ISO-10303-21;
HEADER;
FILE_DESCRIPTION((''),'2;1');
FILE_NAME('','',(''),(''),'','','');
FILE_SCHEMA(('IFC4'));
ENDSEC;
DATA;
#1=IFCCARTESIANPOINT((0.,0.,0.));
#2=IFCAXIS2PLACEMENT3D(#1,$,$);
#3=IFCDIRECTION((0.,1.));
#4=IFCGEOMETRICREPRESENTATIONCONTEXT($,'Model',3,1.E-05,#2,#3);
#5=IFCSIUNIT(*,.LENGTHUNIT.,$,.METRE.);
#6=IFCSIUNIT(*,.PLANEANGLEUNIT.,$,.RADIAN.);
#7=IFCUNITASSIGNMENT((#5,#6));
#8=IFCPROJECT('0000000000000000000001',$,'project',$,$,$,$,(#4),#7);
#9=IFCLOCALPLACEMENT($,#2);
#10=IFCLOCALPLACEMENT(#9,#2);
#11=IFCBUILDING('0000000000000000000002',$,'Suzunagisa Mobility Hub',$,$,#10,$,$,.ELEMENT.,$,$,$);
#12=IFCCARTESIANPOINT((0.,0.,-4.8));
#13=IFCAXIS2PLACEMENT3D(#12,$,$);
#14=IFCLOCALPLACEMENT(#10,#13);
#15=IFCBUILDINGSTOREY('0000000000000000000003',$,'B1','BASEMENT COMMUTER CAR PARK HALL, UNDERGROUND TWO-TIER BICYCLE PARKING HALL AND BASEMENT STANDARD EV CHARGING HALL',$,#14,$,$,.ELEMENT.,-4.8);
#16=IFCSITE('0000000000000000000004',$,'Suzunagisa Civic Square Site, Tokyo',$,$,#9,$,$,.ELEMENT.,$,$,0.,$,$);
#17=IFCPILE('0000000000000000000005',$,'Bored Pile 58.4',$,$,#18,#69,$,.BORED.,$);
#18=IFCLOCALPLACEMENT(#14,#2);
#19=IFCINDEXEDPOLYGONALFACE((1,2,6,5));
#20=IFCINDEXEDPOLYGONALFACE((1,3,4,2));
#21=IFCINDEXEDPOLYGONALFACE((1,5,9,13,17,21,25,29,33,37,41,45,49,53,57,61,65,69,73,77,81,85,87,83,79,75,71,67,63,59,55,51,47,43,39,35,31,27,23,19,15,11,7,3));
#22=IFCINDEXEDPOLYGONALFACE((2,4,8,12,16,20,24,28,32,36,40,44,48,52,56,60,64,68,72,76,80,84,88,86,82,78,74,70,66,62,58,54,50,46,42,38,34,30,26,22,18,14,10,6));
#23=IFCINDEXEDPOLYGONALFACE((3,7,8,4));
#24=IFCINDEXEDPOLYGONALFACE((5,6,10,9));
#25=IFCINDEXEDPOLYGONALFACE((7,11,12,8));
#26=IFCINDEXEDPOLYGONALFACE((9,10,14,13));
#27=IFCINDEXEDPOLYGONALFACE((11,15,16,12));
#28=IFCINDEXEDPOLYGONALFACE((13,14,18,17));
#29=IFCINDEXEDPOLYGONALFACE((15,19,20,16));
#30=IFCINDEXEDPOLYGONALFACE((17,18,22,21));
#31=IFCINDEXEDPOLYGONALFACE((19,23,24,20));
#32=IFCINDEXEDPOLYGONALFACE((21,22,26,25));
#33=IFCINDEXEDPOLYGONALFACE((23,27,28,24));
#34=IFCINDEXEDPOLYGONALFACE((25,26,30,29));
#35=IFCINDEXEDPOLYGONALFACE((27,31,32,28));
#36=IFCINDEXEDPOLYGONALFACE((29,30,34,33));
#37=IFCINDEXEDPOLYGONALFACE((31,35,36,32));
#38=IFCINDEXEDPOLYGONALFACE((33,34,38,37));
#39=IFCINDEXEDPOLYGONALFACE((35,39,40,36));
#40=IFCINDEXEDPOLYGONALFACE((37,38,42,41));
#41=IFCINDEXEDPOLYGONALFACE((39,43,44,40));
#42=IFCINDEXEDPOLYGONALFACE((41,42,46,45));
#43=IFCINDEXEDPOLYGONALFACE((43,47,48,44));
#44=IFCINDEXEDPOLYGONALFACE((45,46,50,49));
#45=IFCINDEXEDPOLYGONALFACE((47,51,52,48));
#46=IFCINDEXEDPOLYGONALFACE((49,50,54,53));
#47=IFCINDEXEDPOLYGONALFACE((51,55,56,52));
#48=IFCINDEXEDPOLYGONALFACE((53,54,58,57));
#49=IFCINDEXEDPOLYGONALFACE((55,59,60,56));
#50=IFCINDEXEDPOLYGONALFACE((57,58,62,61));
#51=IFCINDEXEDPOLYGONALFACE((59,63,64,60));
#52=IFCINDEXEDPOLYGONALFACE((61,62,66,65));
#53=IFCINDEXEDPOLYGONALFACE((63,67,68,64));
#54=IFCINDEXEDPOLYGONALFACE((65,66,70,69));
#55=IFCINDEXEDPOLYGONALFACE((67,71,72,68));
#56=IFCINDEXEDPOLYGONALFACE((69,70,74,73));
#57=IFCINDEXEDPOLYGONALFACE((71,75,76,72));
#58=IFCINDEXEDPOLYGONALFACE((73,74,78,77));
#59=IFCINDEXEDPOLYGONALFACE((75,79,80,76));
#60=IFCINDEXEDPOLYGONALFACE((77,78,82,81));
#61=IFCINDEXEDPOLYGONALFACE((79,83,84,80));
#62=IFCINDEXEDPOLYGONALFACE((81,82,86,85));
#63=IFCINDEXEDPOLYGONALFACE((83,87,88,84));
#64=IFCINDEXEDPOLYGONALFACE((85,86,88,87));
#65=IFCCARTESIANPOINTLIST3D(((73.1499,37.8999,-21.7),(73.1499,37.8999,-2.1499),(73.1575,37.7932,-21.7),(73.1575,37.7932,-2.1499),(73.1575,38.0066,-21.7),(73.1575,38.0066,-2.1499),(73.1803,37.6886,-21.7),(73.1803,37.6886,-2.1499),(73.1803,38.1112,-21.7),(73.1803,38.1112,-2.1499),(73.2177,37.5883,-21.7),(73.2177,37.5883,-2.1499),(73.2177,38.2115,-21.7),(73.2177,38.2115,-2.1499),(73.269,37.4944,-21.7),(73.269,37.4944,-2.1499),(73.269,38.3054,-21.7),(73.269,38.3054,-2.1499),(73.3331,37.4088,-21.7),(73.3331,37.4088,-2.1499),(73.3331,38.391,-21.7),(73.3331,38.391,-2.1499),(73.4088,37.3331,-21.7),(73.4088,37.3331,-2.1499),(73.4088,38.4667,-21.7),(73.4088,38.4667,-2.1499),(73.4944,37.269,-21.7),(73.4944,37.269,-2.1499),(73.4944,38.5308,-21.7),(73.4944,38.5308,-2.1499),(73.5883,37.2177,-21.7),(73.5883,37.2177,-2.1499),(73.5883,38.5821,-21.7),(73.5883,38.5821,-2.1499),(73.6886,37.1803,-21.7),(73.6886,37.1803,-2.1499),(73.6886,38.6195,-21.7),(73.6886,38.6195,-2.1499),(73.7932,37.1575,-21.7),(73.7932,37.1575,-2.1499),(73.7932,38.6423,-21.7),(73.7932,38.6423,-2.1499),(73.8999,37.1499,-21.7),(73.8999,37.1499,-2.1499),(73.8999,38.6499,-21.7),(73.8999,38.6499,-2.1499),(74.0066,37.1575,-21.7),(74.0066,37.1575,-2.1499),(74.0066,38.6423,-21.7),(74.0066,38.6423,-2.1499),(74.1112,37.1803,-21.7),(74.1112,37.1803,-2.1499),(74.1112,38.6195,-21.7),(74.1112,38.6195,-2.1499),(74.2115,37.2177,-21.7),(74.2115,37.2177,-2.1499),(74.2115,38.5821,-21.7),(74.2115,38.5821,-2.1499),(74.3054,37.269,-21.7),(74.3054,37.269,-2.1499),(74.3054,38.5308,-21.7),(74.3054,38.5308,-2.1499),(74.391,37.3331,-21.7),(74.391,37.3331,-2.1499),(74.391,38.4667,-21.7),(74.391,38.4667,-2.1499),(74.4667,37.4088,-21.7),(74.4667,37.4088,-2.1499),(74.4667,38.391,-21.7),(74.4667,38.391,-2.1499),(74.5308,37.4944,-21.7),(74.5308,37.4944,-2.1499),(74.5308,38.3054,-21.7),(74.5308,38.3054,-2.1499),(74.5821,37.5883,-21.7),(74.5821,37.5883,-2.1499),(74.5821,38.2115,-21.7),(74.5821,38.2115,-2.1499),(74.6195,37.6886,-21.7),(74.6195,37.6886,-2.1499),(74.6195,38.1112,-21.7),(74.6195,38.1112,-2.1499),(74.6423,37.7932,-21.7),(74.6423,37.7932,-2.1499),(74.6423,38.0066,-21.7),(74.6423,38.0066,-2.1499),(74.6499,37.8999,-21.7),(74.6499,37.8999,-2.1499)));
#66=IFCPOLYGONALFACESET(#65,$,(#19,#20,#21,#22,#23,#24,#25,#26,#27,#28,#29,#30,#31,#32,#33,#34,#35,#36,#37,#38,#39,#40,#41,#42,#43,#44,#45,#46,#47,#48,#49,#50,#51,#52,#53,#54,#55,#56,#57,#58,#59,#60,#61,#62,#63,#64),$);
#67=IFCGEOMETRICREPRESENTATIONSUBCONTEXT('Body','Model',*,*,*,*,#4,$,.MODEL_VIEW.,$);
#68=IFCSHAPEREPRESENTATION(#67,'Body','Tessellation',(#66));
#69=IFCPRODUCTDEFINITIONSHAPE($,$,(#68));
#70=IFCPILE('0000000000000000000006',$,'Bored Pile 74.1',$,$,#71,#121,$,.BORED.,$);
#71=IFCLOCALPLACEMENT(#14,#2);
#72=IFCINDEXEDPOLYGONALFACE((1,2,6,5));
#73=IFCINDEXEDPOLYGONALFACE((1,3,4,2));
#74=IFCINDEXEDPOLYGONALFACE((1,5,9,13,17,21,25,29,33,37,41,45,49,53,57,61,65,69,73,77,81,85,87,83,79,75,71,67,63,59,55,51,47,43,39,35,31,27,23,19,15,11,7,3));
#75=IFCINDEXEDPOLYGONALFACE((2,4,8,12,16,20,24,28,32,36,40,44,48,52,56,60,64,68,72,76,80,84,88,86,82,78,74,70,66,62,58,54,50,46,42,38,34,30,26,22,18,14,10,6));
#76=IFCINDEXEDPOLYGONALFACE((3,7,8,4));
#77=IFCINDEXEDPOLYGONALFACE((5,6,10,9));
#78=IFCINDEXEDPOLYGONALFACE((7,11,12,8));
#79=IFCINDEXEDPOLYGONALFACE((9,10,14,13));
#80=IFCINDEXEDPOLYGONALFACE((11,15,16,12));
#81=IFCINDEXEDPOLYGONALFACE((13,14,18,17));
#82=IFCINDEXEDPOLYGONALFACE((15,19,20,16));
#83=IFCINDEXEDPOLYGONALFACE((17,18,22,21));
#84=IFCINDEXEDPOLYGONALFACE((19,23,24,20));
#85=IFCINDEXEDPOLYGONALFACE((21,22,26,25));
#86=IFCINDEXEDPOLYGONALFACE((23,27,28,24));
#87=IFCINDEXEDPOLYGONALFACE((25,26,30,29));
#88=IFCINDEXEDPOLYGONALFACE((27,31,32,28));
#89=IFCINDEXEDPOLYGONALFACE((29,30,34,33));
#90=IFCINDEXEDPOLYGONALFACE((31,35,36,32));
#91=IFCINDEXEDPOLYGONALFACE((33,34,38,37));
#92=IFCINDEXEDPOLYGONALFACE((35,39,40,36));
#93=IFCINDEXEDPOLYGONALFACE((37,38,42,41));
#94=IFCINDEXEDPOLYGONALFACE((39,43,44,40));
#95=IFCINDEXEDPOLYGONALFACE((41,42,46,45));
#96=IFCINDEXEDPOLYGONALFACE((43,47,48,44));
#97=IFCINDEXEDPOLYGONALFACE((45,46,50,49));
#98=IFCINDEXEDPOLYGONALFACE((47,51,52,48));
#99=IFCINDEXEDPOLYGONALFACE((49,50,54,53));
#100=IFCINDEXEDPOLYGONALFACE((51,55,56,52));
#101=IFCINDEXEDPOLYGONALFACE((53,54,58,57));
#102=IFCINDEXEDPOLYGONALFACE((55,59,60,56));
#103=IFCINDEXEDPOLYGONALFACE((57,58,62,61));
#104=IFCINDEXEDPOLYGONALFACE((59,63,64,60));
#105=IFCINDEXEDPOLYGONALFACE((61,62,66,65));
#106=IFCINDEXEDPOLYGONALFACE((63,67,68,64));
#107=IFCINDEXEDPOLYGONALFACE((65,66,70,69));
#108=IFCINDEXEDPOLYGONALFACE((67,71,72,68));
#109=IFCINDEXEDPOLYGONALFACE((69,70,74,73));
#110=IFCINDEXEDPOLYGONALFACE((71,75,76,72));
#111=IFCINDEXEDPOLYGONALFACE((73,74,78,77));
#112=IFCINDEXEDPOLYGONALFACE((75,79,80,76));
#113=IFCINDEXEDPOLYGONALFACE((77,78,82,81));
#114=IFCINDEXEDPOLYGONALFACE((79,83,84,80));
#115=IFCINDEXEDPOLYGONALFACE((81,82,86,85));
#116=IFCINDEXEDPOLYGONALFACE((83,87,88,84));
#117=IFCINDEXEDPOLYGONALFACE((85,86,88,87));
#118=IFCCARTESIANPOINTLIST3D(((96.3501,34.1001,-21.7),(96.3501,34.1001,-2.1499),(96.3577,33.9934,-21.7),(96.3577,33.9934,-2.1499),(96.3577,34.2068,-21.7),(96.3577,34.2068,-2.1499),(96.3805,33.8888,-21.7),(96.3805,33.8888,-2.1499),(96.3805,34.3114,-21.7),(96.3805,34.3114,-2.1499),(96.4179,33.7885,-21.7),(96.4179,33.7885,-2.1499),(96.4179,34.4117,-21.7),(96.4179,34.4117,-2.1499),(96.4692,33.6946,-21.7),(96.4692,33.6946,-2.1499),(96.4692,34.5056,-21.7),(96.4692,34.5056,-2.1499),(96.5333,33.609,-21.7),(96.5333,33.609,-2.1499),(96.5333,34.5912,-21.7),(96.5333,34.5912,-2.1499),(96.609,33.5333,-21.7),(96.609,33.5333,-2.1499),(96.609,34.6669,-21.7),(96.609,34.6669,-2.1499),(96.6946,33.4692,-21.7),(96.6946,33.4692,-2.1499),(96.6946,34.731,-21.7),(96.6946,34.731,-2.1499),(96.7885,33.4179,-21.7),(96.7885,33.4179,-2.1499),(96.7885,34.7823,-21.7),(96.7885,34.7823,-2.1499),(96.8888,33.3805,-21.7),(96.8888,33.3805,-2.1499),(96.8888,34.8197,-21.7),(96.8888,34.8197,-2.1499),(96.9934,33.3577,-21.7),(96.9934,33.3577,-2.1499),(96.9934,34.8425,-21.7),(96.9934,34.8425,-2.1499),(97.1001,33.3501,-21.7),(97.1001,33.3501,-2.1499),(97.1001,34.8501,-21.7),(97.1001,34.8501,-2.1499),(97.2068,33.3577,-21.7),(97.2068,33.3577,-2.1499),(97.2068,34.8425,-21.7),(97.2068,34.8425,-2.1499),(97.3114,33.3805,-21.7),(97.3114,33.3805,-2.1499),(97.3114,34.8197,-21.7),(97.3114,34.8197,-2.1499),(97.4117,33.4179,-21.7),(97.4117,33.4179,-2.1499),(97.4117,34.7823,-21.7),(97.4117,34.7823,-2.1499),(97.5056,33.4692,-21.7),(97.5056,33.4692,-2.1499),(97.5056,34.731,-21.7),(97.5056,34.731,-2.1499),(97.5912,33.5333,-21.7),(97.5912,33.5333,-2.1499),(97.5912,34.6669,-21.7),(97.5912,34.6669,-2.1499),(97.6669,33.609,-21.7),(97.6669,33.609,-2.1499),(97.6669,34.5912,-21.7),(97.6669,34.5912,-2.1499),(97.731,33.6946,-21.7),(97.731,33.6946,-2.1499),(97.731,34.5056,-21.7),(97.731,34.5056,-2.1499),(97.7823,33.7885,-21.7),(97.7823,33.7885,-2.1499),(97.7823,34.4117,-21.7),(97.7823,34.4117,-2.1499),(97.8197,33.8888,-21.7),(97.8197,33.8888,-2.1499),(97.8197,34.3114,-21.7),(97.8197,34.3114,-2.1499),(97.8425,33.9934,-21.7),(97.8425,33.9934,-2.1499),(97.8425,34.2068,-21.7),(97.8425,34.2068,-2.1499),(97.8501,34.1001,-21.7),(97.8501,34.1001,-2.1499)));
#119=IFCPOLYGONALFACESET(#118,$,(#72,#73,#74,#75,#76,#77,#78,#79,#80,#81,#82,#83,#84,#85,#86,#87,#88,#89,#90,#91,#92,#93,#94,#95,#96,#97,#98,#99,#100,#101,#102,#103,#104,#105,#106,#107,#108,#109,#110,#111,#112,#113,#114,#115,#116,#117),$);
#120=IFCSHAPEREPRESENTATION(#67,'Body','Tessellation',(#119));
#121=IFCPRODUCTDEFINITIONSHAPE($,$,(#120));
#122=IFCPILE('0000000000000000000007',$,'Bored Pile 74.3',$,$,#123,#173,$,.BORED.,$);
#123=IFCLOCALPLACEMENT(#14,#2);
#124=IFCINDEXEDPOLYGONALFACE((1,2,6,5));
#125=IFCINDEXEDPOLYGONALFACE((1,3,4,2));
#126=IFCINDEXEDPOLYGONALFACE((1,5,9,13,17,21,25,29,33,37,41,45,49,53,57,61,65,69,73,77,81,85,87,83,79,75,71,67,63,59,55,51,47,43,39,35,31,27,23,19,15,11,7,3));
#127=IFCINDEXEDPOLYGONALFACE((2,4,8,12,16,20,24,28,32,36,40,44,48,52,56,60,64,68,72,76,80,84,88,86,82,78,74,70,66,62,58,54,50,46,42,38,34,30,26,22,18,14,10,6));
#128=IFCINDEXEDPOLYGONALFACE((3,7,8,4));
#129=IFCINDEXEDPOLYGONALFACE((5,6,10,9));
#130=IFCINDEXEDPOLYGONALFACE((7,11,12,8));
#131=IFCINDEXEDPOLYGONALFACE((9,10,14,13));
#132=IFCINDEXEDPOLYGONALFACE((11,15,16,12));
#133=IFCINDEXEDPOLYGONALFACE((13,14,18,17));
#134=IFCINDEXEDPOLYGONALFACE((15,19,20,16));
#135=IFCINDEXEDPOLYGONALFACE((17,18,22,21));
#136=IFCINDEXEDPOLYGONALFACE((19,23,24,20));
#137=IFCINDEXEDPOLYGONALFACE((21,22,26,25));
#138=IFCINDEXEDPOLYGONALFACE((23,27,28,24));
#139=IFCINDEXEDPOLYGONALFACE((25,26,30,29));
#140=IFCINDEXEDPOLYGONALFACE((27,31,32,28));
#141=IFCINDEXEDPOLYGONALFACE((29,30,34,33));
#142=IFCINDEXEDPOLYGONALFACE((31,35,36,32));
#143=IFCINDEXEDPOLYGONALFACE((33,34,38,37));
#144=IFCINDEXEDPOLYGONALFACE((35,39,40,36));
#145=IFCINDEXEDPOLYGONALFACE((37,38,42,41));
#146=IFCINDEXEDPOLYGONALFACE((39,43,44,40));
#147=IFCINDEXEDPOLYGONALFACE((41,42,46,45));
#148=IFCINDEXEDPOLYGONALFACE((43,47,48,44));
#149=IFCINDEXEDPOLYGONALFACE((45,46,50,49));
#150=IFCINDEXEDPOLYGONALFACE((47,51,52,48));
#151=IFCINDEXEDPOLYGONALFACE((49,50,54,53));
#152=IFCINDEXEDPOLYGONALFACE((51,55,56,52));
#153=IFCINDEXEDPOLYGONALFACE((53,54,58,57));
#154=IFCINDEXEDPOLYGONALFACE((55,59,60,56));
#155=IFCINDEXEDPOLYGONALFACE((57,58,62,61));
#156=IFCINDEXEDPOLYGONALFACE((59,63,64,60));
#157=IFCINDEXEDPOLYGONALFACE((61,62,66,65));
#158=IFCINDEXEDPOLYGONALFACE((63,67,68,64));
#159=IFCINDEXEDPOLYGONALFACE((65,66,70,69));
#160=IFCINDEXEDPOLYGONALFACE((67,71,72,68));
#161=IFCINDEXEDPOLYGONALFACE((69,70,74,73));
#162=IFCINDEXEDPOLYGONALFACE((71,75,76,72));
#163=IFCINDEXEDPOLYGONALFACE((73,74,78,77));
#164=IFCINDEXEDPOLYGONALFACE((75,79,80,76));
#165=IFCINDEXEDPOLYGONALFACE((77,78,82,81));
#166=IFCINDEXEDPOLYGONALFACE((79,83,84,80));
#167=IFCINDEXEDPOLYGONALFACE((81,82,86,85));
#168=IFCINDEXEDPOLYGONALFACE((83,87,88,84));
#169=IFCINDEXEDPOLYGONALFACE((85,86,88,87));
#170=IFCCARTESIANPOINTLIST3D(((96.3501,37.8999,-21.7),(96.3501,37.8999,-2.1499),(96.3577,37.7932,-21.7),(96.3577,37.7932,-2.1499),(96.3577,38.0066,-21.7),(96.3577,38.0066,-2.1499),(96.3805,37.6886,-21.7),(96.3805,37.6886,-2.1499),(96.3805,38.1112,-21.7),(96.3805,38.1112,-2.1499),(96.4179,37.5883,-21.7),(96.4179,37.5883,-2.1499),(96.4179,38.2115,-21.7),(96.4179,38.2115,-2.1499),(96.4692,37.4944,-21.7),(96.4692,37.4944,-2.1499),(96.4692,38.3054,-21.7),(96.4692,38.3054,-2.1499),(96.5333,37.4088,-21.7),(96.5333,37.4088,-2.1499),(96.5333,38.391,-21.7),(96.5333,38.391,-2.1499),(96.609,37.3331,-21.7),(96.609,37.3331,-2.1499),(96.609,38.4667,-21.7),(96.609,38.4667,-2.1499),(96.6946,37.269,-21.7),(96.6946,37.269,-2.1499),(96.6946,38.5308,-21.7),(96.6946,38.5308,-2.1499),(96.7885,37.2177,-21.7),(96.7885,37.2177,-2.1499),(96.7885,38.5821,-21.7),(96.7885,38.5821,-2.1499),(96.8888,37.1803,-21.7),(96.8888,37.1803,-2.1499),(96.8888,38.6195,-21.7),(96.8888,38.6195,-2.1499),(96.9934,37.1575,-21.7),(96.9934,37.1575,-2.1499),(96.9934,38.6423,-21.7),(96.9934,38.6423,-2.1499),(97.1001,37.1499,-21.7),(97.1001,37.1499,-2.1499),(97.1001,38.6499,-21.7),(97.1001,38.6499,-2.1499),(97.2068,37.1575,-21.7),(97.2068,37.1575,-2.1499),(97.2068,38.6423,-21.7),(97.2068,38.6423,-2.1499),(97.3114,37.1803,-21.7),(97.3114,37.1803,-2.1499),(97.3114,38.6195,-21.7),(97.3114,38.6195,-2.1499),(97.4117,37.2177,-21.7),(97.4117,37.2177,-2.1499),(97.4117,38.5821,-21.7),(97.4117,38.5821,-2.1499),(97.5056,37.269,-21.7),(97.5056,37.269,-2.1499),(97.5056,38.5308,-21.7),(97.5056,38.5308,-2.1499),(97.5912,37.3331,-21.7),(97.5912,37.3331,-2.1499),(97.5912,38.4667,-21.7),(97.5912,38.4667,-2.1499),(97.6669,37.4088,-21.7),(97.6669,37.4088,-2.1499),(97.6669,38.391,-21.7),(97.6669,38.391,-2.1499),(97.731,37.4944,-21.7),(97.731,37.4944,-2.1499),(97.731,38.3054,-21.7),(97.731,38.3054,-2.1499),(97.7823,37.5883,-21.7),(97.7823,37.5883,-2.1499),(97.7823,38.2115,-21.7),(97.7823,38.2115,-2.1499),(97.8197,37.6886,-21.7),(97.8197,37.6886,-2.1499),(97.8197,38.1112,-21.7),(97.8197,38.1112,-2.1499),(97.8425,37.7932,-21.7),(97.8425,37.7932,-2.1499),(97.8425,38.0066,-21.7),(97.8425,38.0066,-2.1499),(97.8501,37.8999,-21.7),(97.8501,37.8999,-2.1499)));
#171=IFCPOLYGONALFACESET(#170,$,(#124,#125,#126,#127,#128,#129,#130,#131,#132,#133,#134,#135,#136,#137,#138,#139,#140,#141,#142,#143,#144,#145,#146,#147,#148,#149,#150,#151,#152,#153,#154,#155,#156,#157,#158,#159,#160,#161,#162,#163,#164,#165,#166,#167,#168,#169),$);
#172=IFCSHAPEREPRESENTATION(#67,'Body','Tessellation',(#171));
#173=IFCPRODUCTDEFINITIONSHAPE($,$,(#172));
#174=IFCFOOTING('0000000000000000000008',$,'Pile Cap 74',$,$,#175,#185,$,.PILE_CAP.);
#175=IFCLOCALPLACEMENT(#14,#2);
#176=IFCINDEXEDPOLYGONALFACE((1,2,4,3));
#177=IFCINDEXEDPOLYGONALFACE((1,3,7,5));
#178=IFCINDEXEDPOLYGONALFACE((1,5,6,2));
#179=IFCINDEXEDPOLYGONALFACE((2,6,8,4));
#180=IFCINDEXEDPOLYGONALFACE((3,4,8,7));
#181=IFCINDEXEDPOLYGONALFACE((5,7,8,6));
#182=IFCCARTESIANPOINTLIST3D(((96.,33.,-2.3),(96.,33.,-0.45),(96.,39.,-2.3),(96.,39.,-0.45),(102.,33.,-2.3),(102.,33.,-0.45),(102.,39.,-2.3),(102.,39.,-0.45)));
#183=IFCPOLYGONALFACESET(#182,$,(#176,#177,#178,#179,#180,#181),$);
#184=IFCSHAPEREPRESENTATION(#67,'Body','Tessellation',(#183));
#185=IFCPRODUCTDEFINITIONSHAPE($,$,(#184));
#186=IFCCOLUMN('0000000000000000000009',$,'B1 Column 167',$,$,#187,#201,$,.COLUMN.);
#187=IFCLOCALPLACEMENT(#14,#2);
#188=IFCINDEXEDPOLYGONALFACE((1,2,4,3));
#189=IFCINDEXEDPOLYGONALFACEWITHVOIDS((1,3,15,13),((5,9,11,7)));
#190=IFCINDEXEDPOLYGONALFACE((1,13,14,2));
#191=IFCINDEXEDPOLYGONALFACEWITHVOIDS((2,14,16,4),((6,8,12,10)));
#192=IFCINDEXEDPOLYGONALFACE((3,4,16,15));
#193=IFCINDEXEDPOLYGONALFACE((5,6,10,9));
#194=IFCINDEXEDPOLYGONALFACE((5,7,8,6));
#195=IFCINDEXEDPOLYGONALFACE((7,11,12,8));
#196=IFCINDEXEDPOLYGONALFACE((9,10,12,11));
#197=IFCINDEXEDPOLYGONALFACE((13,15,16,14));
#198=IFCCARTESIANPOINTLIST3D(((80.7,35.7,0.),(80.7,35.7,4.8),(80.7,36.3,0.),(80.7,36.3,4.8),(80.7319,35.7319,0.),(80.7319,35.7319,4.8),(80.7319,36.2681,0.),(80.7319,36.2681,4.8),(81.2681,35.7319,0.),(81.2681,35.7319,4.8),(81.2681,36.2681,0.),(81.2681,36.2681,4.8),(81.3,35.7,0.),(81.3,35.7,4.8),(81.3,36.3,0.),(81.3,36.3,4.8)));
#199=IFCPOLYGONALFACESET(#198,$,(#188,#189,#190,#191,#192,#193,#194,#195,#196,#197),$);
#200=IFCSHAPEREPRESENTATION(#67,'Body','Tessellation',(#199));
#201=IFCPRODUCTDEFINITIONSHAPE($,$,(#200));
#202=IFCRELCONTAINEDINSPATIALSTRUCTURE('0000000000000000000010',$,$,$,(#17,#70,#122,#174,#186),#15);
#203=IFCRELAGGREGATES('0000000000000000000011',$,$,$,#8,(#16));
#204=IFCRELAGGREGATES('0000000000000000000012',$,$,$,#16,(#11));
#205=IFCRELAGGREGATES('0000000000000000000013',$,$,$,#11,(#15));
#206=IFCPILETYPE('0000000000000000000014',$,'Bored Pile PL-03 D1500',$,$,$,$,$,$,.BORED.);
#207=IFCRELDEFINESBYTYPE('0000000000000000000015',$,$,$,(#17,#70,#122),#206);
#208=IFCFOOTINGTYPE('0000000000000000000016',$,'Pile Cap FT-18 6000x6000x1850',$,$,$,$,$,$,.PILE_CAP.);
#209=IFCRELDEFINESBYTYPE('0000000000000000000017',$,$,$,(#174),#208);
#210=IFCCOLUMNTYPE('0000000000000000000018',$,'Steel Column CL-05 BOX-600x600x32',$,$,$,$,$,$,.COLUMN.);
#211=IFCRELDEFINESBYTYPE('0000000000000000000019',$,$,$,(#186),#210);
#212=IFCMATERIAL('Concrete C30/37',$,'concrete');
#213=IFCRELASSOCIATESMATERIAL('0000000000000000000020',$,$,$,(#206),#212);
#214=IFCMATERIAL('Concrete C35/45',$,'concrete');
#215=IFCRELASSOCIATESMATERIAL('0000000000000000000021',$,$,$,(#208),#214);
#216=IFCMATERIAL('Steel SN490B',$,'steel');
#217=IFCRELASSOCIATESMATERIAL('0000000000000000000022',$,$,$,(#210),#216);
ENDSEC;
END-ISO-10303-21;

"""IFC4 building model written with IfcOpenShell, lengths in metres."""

from ifc_helpers import new_model, si_unit, direction, frame, origin, origin_2d, place, context, subcontext, project, spatial, rectangle, hollow_rectangle, circle, extrude, material, material_profile, profile_set, type_object, element, save


model = new_model("IFC4")

# Units and contexts
model_context = context("Model", 3, precision=1e-05, world=origin(), true_north=direction((0.0, 1.0)))
body_context = subcontext(model_context, "Body", "Model", "MODEL_VIEW")
ifc_project = project(units=[si_unit("LENGTHUNIT", "METRE"), si_unit("PLANEANGLEUNIT", "RADIAN")], contexts=[model_context])

# Site, building, storey
site_placement = place(None, origin())
site = spatial("IfcSite", under=ifc_project, at=site_placement, Name="Suzunagisa Civic Square Site, Tokyo", CompositionType="ELEMENT", RefElevation=0.0)
building_placement = place(site_placement, origin())
building = spatial("IfcBuilding", under=site, at=building_placement, Name="Suzunagisa Mobility Hub", CompositionType="ELEMENT")
storey_placement = place(building_placement, frame((0.0, 0.0, -4.8)))
storey = spatial("IfcBuildingStorey", under=building, at=storey_placement, Name="B1", Description="BASEMENT COMMUTER CAR PARK HALL, UNDERGROUND TWO-TIER BICYCLE PARKING HALL AND BASEMENT STANDARD EV CHARGING HALL", CompositionType="ELEMENT", Elevation=-4.8)

# Piles
ifc_material_1 = material(Name="Concrete C30/37", Category="concrete")
ifc_material_profile_1 = material_profile(ifc_material_1, circle(Radius=0.75, at=origin_2d()), Name="BORED PILE D1500")
ifc_profile_set_1 = profile_set([ifc_material_profile_1], Name="Concrete C30/37")
pile_type_1 = type_object("IfcPileType", Name="Bored Pile PL-03 D1500", PredefinedType="BORED", material=ifc_profile_set_1)
for number, where, z_axis, x_axis, name in (
    (1, (73.8999, 37.8999, -2.1499), (0.0, 0.0, -1.0), (1.0, 0.0, 0.0), "Bored Pile 58.4"),
    (2, (97.1001, 34.1001, -2.1499), (0.0, 0.0, -1.0), (1.0, 0.0, 0.0), "Bored Pile 74.1"),
    (3, (97.1001, 37.8999, -2.1499), (0.0, 0.0, -1.0), (1.0, 0.0, 0.0), "Bored Pile 74.3"),
):
    element("IfcPile", number, at=place(storey_placement, frame(where, z_axis=z_axis, x_axis=x_axis)), inside=storey, type_object=pile_type_1, Name=name, PredefinedType="BORED", context=body_context, shape_type="SweptSolid", body=[
        extrude(circle(Radius=0.75, at=origin_2d()), origin(), (0.0, 0.0, 1.0), 19.55),
    ])

# Footing
ifc_material_2 = material(Name="Concrete C35/45", Category="concrete")
footing_type = type_object("IfcFootingType", Name="Pile Cap FT-18 6000x6000x1850", PredefinedType="PILE_CAP", material=ifc_material_2)
footing_placement = place(storey_placement, frame((99.0, 36.0, -2.3), z_axis=(0.0, 0.0, 1.0), x_axis=(1.0, 0.0, 0.0)))
element("IfcFooting", 4, at=footing_placement, inside=storey, type_object=footing_type, Name="Pile Cap 74", PredefinedType="PILE_CAP", context=body_context, shape_type="SweptSolid", body=[
    extrude(rectangle(XDim=6.0, YDim=6.0, at=origin_2d()), origin(), (0.0, 0.0, 1.0), 1.8501),
])

# Column
ifc_material_3 = material(Name="Steel SN490B", Category="steel")
ifc_material_profile_2 = material_profile(ifc_material_3, hollow_rectangle(XDim=0.6001, YDim=0.6001, WallThickness=0.032, at=origin_2d()), Name="BOX-600x600x32")
ifc_profile_set_2 = profile_set([ifc_material_profile_2], Name="Steel SN490B")
column_type_1 = type_object("IfcColumnType", Name="Steel Column CL-05 BOX-600x600x32", PredefinedType="COLUMN", material=ifc_profile_set_2)
for number, where, z_axis, x_axis, name in (
    (5, (81.0, 36.0, 0.0), (0.0, 0.0, 1.0), (1.0, 0.0, 0.0), "B1 Column 167"),
):
    element("IfcColumn", number, at=place(storey_placement, frame(where, z_axis=z_axis, x_axis=x_axis)), inside=storey, type_object=column_type_1, Name=name, PredefinedType="COLUMN", context=body_context, shape_type="SweptSolid", body=[
        extrude(hollow_rectangle(XDim=0.6001, YDim=0.6001, WallThickness=0.032, at=origin_2d()), origin(), (0.0, 0.0, 1.0), 4.8),
    ])

save(model, "model.ifc")
